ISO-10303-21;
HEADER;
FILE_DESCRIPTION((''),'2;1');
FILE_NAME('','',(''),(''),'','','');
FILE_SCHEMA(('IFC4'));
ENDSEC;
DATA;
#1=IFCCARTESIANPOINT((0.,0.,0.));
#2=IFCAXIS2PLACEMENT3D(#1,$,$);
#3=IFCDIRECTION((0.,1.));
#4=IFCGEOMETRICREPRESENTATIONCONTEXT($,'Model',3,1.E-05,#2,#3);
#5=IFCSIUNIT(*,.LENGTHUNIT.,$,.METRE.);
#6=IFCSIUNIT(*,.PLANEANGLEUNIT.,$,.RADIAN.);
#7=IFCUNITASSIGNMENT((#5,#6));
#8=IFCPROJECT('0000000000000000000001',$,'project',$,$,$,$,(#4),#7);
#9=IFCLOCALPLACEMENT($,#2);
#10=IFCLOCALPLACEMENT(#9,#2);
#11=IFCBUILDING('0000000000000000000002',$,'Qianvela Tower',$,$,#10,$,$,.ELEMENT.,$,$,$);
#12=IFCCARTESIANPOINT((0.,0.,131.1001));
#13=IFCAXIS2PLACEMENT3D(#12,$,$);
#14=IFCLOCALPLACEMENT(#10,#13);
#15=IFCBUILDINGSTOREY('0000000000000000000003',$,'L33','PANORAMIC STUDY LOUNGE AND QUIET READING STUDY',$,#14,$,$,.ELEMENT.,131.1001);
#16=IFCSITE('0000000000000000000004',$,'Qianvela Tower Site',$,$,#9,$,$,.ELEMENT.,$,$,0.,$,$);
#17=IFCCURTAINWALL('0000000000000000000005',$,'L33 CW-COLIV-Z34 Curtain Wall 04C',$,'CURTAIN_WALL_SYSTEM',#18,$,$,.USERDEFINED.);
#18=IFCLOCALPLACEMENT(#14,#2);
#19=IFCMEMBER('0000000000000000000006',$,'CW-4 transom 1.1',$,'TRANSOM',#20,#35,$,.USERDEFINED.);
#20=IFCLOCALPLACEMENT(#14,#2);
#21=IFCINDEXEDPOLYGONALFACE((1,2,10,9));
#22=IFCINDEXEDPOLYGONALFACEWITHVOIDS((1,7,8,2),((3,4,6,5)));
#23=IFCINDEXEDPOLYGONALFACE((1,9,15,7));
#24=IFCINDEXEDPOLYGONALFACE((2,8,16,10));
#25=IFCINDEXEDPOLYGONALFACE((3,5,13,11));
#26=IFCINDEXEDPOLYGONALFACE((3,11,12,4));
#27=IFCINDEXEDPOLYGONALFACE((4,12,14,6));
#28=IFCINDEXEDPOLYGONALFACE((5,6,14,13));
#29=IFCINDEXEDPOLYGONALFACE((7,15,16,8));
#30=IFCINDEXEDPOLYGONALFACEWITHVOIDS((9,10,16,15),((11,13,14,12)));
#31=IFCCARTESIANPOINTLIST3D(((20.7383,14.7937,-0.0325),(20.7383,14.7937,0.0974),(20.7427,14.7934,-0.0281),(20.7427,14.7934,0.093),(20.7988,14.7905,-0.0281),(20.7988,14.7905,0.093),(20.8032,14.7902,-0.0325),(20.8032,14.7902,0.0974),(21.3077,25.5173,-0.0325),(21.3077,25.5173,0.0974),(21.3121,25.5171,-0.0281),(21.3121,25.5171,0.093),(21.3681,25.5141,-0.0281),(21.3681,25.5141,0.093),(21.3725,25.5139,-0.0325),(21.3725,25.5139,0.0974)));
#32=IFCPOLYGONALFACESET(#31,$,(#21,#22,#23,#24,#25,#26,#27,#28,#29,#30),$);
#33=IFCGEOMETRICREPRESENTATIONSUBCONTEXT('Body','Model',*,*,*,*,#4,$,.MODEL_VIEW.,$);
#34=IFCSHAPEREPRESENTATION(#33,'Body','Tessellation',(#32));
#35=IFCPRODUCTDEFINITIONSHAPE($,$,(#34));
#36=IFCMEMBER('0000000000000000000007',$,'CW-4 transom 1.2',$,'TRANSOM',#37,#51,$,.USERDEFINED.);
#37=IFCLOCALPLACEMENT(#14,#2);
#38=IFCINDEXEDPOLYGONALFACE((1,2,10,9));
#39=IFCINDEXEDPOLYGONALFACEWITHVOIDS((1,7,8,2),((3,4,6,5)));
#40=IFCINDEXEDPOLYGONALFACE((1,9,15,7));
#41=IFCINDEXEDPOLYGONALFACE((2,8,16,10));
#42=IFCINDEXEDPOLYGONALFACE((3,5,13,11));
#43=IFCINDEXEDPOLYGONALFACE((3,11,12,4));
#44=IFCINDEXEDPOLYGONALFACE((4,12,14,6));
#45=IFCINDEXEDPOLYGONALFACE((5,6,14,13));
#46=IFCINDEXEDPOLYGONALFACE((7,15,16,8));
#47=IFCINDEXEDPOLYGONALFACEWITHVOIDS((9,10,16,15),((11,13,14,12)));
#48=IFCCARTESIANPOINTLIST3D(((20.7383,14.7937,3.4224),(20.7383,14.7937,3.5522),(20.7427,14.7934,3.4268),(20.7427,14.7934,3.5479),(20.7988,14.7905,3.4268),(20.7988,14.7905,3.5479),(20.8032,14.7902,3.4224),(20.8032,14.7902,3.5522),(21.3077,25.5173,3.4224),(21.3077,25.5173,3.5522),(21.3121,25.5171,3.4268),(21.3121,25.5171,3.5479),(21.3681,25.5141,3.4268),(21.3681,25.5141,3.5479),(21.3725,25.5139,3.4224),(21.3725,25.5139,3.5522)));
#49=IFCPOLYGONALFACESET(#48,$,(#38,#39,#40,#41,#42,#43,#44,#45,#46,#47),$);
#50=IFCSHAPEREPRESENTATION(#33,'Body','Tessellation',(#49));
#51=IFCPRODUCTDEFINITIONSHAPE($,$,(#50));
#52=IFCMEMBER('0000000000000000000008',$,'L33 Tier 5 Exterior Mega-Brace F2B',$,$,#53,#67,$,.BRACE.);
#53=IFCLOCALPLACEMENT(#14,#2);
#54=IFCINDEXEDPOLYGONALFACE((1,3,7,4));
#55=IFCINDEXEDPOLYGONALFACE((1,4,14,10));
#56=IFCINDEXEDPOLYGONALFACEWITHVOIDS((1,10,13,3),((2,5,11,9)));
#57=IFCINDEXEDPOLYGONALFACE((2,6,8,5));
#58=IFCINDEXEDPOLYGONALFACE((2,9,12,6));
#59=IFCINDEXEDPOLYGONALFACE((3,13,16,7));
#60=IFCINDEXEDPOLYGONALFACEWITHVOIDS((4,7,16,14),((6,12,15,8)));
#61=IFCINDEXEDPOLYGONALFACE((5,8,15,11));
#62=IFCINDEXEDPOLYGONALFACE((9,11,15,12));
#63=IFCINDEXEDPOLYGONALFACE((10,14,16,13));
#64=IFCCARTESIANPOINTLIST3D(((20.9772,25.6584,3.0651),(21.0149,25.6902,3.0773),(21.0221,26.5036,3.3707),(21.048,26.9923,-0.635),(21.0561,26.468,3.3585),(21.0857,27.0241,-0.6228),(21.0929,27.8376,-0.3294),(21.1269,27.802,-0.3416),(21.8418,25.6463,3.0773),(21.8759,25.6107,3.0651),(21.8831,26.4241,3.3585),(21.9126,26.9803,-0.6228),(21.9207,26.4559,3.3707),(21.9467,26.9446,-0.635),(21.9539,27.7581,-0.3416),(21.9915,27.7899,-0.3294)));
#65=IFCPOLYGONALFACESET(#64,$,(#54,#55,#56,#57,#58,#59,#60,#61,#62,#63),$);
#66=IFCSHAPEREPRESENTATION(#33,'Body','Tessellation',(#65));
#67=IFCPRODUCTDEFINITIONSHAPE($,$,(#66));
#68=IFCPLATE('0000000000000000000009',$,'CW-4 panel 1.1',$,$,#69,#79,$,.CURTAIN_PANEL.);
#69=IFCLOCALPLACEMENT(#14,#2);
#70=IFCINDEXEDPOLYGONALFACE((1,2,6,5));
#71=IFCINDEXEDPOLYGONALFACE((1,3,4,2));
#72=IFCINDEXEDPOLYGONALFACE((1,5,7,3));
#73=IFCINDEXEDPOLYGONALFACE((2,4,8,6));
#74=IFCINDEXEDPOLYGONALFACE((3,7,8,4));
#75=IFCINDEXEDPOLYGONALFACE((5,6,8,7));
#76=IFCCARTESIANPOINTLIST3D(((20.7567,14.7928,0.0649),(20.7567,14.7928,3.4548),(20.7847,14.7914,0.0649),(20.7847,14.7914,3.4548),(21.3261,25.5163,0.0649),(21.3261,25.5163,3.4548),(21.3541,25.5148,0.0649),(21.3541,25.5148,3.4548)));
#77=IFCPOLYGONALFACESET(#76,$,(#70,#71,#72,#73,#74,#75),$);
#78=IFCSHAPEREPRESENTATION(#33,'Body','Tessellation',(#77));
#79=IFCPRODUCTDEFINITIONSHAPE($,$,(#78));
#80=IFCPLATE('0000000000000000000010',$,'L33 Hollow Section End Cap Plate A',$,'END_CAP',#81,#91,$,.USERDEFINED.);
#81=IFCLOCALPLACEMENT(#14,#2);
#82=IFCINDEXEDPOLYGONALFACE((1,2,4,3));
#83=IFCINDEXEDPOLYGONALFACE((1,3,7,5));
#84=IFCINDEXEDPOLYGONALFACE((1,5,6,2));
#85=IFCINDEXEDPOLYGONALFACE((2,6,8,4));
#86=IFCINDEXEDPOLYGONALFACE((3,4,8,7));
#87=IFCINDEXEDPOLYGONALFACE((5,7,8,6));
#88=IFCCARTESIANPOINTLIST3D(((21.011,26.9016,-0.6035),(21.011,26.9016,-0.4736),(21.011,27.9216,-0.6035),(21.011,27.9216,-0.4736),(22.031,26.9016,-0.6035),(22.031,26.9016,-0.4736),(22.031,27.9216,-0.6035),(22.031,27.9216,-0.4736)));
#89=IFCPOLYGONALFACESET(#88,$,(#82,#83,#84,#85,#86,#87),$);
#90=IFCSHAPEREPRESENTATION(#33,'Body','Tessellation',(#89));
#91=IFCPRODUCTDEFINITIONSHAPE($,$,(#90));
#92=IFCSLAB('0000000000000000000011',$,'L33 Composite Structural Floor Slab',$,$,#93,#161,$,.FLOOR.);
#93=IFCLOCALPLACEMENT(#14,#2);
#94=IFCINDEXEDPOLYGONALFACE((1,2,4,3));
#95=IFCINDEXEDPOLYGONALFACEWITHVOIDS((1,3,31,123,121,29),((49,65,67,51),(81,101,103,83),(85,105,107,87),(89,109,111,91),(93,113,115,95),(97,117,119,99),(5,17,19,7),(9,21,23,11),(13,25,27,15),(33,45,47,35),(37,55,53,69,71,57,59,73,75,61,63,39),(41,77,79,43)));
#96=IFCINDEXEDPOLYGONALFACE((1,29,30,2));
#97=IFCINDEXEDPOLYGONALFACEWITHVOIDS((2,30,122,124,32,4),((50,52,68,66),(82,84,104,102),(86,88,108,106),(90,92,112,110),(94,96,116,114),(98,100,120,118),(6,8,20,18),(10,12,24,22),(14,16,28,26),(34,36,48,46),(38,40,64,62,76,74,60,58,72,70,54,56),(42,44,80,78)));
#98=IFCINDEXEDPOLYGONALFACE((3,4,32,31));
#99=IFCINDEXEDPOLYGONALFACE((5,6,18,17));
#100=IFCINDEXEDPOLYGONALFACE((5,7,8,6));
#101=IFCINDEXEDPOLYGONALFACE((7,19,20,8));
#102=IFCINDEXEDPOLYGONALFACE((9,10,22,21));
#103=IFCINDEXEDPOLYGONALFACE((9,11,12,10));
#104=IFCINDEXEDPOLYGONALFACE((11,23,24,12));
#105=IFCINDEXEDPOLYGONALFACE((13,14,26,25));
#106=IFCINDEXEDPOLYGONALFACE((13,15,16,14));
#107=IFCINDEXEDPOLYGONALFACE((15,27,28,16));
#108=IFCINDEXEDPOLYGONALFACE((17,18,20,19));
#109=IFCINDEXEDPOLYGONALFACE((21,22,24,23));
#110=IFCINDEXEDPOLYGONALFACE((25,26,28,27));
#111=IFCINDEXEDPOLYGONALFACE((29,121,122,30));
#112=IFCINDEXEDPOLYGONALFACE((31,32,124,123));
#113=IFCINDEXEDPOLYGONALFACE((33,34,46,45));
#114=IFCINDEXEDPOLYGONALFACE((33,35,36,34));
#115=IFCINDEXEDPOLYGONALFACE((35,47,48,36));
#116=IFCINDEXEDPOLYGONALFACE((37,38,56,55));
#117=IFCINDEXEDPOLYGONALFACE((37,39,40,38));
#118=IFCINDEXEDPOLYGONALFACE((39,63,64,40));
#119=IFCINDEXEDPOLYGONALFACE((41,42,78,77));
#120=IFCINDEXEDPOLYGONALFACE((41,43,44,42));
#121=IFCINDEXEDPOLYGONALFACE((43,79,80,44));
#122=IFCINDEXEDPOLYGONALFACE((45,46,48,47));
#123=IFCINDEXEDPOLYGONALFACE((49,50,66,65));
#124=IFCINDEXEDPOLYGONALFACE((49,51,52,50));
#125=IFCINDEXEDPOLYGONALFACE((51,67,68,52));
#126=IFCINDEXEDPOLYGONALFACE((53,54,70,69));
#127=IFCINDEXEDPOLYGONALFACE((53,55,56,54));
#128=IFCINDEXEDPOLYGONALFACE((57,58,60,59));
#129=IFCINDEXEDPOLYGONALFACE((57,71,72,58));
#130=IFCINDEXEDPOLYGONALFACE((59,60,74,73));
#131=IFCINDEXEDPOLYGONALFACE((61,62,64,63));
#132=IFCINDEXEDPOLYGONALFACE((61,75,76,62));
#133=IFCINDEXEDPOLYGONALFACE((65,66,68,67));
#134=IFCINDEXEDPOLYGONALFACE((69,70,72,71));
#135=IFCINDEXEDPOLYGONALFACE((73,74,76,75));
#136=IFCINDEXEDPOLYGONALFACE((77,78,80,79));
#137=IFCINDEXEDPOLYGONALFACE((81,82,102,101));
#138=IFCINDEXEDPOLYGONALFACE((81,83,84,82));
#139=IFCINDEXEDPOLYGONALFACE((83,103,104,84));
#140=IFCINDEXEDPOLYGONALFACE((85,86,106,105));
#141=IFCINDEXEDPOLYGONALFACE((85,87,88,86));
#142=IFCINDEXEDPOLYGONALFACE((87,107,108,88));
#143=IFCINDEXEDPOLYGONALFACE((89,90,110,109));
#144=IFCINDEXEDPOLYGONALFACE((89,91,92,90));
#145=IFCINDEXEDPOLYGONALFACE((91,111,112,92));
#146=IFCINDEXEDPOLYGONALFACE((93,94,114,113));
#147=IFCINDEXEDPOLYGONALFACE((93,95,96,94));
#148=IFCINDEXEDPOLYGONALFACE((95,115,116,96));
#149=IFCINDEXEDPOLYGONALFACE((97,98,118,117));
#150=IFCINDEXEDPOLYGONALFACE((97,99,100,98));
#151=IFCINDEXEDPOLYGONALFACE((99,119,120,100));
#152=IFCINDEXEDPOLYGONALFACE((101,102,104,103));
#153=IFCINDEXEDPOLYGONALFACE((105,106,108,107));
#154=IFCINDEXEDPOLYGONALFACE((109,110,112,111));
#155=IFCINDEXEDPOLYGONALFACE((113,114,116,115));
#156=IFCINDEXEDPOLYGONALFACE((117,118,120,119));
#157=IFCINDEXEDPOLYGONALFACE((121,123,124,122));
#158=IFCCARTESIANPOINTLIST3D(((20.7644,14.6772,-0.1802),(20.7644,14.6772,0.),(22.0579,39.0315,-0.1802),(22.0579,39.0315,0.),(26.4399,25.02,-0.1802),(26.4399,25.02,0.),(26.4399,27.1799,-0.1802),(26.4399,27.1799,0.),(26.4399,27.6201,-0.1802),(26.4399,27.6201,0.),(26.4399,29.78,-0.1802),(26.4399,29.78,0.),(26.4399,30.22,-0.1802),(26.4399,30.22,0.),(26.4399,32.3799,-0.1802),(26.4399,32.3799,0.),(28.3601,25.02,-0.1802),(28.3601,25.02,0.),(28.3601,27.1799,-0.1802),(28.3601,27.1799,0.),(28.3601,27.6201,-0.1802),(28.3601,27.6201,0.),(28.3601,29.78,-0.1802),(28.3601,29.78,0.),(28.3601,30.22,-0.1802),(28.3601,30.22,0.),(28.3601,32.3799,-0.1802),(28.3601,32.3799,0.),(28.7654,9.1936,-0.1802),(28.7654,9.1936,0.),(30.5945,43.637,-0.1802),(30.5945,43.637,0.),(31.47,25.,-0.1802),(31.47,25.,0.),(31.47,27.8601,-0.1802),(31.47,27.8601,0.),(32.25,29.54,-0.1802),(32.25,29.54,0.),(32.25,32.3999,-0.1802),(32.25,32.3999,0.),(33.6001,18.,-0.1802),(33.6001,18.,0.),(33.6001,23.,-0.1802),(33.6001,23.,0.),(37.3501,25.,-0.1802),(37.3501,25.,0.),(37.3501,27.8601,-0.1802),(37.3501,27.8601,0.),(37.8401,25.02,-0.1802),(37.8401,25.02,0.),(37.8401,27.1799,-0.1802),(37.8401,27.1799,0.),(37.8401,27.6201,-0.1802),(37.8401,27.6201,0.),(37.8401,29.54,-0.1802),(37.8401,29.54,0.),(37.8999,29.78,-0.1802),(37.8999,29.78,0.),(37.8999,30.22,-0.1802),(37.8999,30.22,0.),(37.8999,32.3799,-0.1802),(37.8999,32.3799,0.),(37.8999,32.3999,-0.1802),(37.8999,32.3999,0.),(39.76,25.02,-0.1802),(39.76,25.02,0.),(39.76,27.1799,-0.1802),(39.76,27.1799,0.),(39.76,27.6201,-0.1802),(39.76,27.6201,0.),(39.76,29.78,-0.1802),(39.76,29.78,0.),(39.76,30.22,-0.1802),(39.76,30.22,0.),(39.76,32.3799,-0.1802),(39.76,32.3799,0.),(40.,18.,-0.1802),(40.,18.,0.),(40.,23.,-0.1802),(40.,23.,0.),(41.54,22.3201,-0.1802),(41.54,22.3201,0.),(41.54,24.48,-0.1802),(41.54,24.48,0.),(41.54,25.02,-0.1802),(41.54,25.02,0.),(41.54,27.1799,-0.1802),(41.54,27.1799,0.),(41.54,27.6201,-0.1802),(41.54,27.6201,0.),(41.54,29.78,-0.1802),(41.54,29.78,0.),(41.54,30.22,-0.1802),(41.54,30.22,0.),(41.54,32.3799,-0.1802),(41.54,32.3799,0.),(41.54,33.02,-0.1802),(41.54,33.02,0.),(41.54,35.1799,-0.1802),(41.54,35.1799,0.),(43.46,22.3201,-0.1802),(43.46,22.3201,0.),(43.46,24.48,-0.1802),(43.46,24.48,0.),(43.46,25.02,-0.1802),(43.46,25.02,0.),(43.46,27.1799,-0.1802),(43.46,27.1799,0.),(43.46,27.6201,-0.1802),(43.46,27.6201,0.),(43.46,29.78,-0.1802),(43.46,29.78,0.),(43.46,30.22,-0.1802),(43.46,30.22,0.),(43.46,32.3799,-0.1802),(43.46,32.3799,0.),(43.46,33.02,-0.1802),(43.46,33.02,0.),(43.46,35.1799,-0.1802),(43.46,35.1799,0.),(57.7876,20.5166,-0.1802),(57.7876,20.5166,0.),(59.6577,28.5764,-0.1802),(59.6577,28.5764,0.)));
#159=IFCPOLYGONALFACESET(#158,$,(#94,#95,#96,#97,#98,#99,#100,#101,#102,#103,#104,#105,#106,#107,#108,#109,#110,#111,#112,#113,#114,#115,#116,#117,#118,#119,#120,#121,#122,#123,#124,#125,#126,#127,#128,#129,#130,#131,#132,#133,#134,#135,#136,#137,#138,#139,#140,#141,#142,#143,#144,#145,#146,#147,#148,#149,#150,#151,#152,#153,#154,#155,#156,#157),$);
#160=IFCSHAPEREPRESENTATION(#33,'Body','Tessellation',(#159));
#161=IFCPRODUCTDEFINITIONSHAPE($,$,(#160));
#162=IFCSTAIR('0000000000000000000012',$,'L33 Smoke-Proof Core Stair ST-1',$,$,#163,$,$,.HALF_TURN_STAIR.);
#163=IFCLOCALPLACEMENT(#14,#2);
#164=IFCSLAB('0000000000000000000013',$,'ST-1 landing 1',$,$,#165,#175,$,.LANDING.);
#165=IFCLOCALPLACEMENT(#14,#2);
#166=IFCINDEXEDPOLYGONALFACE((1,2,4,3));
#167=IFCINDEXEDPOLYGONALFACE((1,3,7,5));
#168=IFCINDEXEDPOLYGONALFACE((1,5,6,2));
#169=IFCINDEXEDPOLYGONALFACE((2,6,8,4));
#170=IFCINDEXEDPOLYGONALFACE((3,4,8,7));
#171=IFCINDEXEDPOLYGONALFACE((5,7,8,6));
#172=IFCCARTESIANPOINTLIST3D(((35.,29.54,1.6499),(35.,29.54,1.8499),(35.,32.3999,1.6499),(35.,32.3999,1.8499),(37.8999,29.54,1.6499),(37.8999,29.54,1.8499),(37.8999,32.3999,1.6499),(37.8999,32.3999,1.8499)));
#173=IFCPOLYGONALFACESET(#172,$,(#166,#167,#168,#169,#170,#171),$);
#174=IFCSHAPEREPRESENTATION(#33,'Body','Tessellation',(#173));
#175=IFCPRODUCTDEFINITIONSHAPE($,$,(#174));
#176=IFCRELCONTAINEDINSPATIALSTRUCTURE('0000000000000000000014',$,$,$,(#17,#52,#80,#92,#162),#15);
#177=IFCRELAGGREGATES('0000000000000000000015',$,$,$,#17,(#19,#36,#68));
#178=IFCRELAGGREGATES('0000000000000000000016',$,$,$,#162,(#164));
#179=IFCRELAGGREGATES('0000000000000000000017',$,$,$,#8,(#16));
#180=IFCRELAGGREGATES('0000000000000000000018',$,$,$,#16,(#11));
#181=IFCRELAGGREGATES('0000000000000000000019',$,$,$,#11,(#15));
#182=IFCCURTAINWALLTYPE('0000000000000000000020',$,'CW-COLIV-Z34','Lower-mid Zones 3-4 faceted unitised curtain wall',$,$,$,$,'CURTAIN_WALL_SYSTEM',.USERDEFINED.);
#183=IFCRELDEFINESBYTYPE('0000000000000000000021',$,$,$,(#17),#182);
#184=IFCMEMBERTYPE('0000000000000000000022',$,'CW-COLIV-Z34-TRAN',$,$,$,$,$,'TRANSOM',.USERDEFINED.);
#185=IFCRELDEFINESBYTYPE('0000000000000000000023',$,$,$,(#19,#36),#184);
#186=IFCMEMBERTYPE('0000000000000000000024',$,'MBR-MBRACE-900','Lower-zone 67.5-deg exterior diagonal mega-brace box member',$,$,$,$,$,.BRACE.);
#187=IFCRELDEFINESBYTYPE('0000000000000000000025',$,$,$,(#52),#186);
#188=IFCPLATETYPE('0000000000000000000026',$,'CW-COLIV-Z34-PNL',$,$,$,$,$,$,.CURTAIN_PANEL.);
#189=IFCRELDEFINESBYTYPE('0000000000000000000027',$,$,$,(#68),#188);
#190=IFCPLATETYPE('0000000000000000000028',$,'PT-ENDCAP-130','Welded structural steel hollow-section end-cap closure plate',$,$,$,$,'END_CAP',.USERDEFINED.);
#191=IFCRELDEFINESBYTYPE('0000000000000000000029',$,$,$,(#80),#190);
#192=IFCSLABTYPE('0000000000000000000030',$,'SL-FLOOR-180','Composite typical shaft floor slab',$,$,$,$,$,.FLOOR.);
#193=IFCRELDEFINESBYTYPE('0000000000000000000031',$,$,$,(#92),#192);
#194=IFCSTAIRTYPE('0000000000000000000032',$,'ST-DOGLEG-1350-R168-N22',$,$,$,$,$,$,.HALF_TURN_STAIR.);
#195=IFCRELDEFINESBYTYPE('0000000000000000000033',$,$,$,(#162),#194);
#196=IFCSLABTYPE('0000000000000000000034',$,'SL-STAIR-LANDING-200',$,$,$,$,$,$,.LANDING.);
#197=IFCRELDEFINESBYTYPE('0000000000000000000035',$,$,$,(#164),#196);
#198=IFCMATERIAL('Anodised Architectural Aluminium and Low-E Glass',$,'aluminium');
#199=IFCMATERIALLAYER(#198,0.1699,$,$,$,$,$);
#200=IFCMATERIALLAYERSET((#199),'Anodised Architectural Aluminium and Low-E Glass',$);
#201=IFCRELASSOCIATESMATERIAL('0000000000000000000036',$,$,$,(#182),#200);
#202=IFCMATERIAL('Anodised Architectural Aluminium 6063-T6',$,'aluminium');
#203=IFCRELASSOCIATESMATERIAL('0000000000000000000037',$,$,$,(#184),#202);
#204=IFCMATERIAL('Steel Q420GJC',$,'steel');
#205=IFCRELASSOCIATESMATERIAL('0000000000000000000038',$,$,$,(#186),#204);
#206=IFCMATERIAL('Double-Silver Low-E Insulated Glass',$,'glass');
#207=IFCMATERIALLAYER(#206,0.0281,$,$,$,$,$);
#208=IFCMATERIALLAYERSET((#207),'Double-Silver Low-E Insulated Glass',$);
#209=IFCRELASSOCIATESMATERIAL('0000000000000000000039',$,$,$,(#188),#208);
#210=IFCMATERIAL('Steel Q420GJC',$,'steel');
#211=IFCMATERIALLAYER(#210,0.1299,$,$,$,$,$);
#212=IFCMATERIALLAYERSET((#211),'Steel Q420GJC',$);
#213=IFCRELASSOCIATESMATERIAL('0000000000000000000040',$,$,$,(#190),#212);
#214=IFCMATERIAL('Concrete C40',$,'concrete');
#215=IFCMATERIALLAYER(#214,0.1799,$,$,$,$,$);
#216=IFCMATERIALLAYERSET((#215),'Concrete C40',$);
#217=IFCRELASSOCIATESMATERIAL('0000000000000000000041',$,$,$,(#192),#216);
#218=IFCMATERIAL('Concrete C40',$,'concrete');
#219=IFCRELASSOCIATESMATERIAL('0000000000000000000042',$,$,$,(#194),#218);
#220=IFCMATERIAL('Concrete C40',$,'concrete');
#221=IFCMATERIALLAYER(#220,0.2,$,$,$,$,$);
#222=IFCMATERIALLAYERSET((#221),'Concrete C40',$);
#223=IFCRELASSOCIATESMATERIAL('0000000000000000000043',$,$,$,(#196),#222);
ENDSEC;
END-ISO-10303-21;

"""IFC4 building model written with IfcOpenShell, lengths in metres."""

from ifc_helpers import new_model, si_unit, direction, frame, origin, origin_2d, place, context, subcontext, project, spatial, polyline, rectangle, hollow_rectangle, outline, extrude, material, layer, layer_set, material_profile, profile_set, type_object, element, aggregate, save


model = new_model("IFC4")

# Units and contexts
model_context = context("Model", 3, precision=1e-05, world=origin(), true_north=direction((0.0, 1.0)))
body_context = subcontext(model_context, "Body", "Model", "MODEL_VIEW")
ifc_project = project(units=[si_unit("LENGTHUNIT", "METRE"), si_unit("PLANEANGLEUNIT", "RADIAN")], contexts=[model_context])

# Site, building, storey
site_placement = place(None, origin())
site = spatial("IfcSite", under=ifc_project, at=site_placement, Name="Qianvela Tower Site", CompositionType="ELEMENT", RefElevation=0.0)
building_placement = place(site_placement, origin())
building = spatial("IfcBuilding", under=site, at=building_placement, Name="Qianvela Tower", CompositionType="ELEMENT")
storey_placement = place(building_placement, frame((0.0, 0.0, 131.1001)))
storey = spatial("IfcBuildingStorey", under=building, at=storey_placement, Name="L33", Description="PANORAMIC STUDY LOUNGE AND QUIET READING STUDY", CompositionType="ELEMENT", Elevation=131.1001)

# Curtain wall, members
ifc_material_1 = material(Name="Anodised Architectural Aluminium and Low-E Glass", Category="aluminium")
ifc_layer_1 = layer(ifc_material_1, 0.1699)
ifc_layer_set_1 = layer_set([ifc_layer_1], Name="Anodised Architectural Aluminium and Low-E Glass")
curtain_wall_type_1 = type_object("IfcCurtainWallType", Name="CW-COLIV-Z34", Description="Lower-mid Zones 3-4 faceted unitised curtain wall", ElementType="CURTAIN_WALL_SYSTEM", PredefinedType="USERDEFINED", material=ifc_layer_set_1)
curtain_wall_1_placement = place(storey_placement, origin())
curtain_wall_1 = element("IfcCurtainWall", 1, at=curtain_wall_1_placement, inside=storey, type_object=curtain_wall_type_1, Name="L33 CW-COLIV-Z34 Curtain Wall 04C", ObjectType="CURTAIN_WALL_SYSTEM", PredefinedType="USERDEFINED")
ifc_material_2 = material(Name="Anodised Architectural Aluminium 6063-T6", Category="aluminium")
ifc_material_profile_1 = material_profile(ifc_material_2, hollow_rectangle(XDim=0.0649, YDim=0.1299, WallThickness=0.0044, at=origin_2d()), Name="ALU-TRAN-65x130")
ifc_profile_set_1 = profile_set([ifc_material_profile_1], Name="Anodised Architectural Aluminium 6063-T6")
member_type_1 = type_object("IfcMemberType", Name="CW-COLIV-Z34-TRAN", ElementType="TRANSOM", PredefinedType="USERDEFINED", material=ifc_profile_set_1)
member_1_placement = place(storey_placement, frame((21.3401, 25.5156, 0.0325), z_axis=(-0.053017, -0.998594, 0.0), x_axis=(0.998594, -0.053017, 0.0)))
member_1 = element("IfcMember", 2, at=member_1_placement, type_object=member_type_1, Name="CW-4 transom 1.1", ObjectType="TRANSOM", PredefinedType="USERDEFINED", context=body_context, shape_type="SweptSolid", body=[
    extrude(hollow_rectangle(XDim=0.0649, YDim=0.1299, WallThickness=0.0044, at=origin_2d()), origin(), (0.0, 0.0, 1.0), 10.7388),
])
member_2_placement = place(storey_placement, frame((21.3401, 25.5156, 3.4873), z_axis=(-0.053017, -0.998594, 0.0), x_axis=(0.998594, -0.053017, 0.0)))
member_2 = element("IfcMember", 3, at=member_2_placement, type_object=member_type_1, Name="CW-4 transom 1.2", ObjectType="TRANSOM", PredefinedType="USERDEFINED", context=body_context, shape_type="SweptSolid", body=[
    extrude(hollow_rectangle(XDim=0.0649, YDim=0.1299, WallThickness=0.0044, at=origin_2d()), origin(), (0.0, 0.0, 1.0), 10.7388),
])

# Member
ifc_material_3 = material(Name="Steel Q420GJC", Category="steel")
ifc_material_profile_2 = material_profile(ifc_material_3, hollow_rectangle(XDim=0.8999, YDim=0.8999, WallThickness=0.0359, at=origin_2d()), Name="MBOX-900x900x36")
ifc_profile_set_2 = profile_set([ifc_material_profile_2], Name="Steel Q420GJC")
member_type_2 = type_object("IfcMemberType", Name="MBR-MBRACE-900", Description="Lower-zone 67.5-deg exterior diagonal mega-brace box member", PredefinedType="BRACE", material=ifc_profile_set_2)
member_3_placement = place(storey_placement, frame((21.5198, 27.3911, -0.4822), z_axis=(-0.017997, -0.339095, 0.94058), x_axis=(0.998595, -0.053, 0.0)))
element("IfcMember", 4, at=member_3_placement, inside=storey, type_object=member_type_2, Name="L33 Tier 5 Exterior Mega-Brace F2B", PredefinedType="BRACE", context=body_context, shape_type="SweptSolid", body=[
    extrude(hollow_rectangle(XDim=0.8999, YDim=0.8999, WallThickness=0.0359, at=origin_2d()), origin(), (0.0, 0.0, 1.0), 3.9338),
])

# Plates
ifc_material_4 = material(Name="Double-Silver Low-E Insulated Glass", Category="glass")
ifc_layer_2 = layer(ifc_material_4, 0.0281)
ifc_layer_set_2 = layer_set([ifc_layer_2], Name="Double-Silver Low-E Insulated Glass")
plate_type_1 = type_object("IfcPlateType", Name="CW-COLIV-Z34-PNL", PredefinedType="CURTAIN_PANEL", material=ifc_layer_set_2)
plate_1_placement = place(storey_placement, frame((21.0554, 20.1538, 0.0649), z_axis=(0.0, 0.0, 1.0), x_axis=(-0.053024, -0.998593, 0.0)))
plate_1 = element("IfcPlate", 5, at=plate_1_placement, type_object=plate_type_1, Name="CW-4 panel 1.1", PredefinedType="CURTAIN_PANEL", context=body_context, shape_type="SweptSolid", body=[
    extrude(rectangle(XDim=10.7385, YDim=0.0281, at=origin_2d()), origin(), (0.0, 0.0, 1.0), 3.3899),
])
aggregate(curtain_wall_1, [member_1, member_2, plate_1])
ifc_material_5 = material(Name="Steel Q420GJC", Category="steel")
ifc_layer_3 = layer(ifc_material_5, 0.1299)
ifc_layer_set_3 = layer_set([ifc_layer_3], Name="Steel Q420GJC")
plate_type_2 = type_object("IfcPlateType", Name="PT-ENDCAP-130", Description="Welded structural steel hollow-section end-cap closure plate", ElementType="END_CAP", PredefinedType="USERDEFINED", material=ifc_layer_set_3)
plate_2_placement = place(storey_placement, frame((21.521, 27.4116, -0.6035), z_axis=(0.0, 0.0, 1.0), x_axis=(1.0, 0.0, 0.0)))
element("IfcPlate", 6, at=plate_2_placement, inside=storey, type_object=plate_type_2, Name="L33 Hollow Section End Cap Plate A", ObjectType="END_CAP", PredefinedType="USERDEFINED", context=body_context, shape_type="SweptSolid", body=[
    extrude(rectangle(XDim=1.02, YDim=1.02, at=origin_2d()), origin(), (0.0, 0.0, 1.0), 0.1299),
])

# Slab
ifc_material_6 = material(Name="Concrete C40", Category="concrete")
ifc_layer_4 = layer(ifc_material_6, 0.1799)
ifc_layer_set_4 = layer_set([ifc_layer_4], Name="Concrete C40")
slab_type_1 = type_object("IfcSlabType", Name="SL-FLOOR-180", Description="Composite typical shaft floor slab", PredefinedType="FLOOR", material=ifc_layer_set_4)
slab_1_placement = place(storey_placement, frame((0.0, 0.0, -0.1802)))
element("IfcSlab", 7, at=slab_1_placement, inside=storey, type_object=slab_type_1, Name="L33 Composite Structural Floor Slab", PredefinedType="FLOOR", context=body_context, shape_type="SweptSolid", body=[
    extrude(outline(polyline([(57.7876, 20.5166), (59.6577, 28.5764), (30.5945, 43.637), (22.0579, 39.0315), (20.7644, 14.6772), (28.7654, 9.1936), (57.7876, 20.5166)]), holes=[polyline([(40.0, 23.0), (33.6001, 23.0), (33.6001, 18.0), (40.0, 18.0), (40.0, 23.0)]), polyline([(28.3601, 25.02), (28.3601, 27.1799), (26.4399, 27.1799), (26.4399, 25.02), (28.3601, 25.02)]), polyline([(37.3501, 25.0), (37.3501, 27.8601), (31.47, 27.8601), (31.47, 25.0), (37.3501, 25.0)]), polyline([(28.3601, 27.6201), (28.3601, 29.78), (26.4399, 29.78), (26.4399, 27.6201), (28.3601, 27.6201)]), polyline([(37.8999, 32.3799), (37.8999, 32.3999), (32.25, 32.3999), (32.25, 29.54), (37.8401, 29.54), (37.8401, 27.6201), (39.76, 27.6201), (39.76, 29.78), (37.8999, 29.78), (37.8999, 30.22), (39.76, 30.22), (39.76, 32.3799), (37.8999, 32.3799)]), polyline([(28.3601, 30.22), (28.3601, 32.3799), (26.4399, 32.3799), (26.4399, 30.22), (28.3601, 30.22)]), polyline([(43.46, 24.48), (41.54, 24.48), (41.54, 22.3201), (43.46, 22.3201), (43.46, 24.48)]), polyline([(39.76, 25.02), (39.76, 27.1799), (37.8401, 27.1799), (37.8401, 25.02), (39.76, 25.02)]), polyline([(43.46, 25.02), (43.46, 27.1799), (41.54, 27.1799), (41.54, 25.02), (43.46, 25.02)]), polyline([(43.46, 27.6201), (43.46, 29.78), (41.54, 29.78), (41.54, 27.6201), (43.46, 27.6201)]), polyline([(43.46, 30.22), (43.46, 32.3799), (41.54, 32.3799), (41.54, 30.22), (43.46, 30.22)]), polyline([(43.46, 33.02), (43.46, 35.1799), (41.54, 35.1799), (41.54, 33.02), (43.46, 33.02)])]), origin(), (0.0, 0.0, 1.0), 0.1802),
])

# Stair, slab
ifc_material_7 = material(Name="Concrete C40", Category="concrete")
stair_type = type_object("IfcStairType", Name="ST-DOGLEG-1350-R168-N22", PredefinedType="HALF_TURN_STAIR", material=ifc_material_7)
stair_1_placement = place(storey_placement, origin())
stair_1 = element("IfcStair", 8, at=stair_1_placement, inside=storey, type_object=stair_type, Name="L33 Smoke-Proof Core Stair ST-1", PredefinedType="HALF_TURN_STAIR")
ifc_material_8 = material(Name="Concrete C40", Category="concrete")
ifc_layer_5 = layer(ifc_material_8, 0.2)
ifc_layer_set_5 = layer_set([ifc_layer_5], Name="Concrete C40")
slab_type_2 = type_object("IfcSlabType", Name="SL-STAIR-LANDING-200", PredefinedType="LANDING", material=ifc_layer_set_5)
slab_2_placement = place(storey_placement, frame((0.0, 0.0, 1.6499)))
slab_2 = element("IfcSlab", 9, at=slab_2_placement, type_object=slab_type_2, Name="ST-1 landing 1", PredefinedType="LANDING", context=body_context, shape_type="SweptSolid", body=[
    extrude(outline(polyline([(35.0, 29.54), (37.8999, 29.54), (37.8999, 32.3999), (35.0, 32.3999), (35.0, 29.54)])), origin(), (0.0, 0.0, 1.0), 0.2),
])
aggregate(stair_1, [slab_2])

save(model, "model.ifc")
